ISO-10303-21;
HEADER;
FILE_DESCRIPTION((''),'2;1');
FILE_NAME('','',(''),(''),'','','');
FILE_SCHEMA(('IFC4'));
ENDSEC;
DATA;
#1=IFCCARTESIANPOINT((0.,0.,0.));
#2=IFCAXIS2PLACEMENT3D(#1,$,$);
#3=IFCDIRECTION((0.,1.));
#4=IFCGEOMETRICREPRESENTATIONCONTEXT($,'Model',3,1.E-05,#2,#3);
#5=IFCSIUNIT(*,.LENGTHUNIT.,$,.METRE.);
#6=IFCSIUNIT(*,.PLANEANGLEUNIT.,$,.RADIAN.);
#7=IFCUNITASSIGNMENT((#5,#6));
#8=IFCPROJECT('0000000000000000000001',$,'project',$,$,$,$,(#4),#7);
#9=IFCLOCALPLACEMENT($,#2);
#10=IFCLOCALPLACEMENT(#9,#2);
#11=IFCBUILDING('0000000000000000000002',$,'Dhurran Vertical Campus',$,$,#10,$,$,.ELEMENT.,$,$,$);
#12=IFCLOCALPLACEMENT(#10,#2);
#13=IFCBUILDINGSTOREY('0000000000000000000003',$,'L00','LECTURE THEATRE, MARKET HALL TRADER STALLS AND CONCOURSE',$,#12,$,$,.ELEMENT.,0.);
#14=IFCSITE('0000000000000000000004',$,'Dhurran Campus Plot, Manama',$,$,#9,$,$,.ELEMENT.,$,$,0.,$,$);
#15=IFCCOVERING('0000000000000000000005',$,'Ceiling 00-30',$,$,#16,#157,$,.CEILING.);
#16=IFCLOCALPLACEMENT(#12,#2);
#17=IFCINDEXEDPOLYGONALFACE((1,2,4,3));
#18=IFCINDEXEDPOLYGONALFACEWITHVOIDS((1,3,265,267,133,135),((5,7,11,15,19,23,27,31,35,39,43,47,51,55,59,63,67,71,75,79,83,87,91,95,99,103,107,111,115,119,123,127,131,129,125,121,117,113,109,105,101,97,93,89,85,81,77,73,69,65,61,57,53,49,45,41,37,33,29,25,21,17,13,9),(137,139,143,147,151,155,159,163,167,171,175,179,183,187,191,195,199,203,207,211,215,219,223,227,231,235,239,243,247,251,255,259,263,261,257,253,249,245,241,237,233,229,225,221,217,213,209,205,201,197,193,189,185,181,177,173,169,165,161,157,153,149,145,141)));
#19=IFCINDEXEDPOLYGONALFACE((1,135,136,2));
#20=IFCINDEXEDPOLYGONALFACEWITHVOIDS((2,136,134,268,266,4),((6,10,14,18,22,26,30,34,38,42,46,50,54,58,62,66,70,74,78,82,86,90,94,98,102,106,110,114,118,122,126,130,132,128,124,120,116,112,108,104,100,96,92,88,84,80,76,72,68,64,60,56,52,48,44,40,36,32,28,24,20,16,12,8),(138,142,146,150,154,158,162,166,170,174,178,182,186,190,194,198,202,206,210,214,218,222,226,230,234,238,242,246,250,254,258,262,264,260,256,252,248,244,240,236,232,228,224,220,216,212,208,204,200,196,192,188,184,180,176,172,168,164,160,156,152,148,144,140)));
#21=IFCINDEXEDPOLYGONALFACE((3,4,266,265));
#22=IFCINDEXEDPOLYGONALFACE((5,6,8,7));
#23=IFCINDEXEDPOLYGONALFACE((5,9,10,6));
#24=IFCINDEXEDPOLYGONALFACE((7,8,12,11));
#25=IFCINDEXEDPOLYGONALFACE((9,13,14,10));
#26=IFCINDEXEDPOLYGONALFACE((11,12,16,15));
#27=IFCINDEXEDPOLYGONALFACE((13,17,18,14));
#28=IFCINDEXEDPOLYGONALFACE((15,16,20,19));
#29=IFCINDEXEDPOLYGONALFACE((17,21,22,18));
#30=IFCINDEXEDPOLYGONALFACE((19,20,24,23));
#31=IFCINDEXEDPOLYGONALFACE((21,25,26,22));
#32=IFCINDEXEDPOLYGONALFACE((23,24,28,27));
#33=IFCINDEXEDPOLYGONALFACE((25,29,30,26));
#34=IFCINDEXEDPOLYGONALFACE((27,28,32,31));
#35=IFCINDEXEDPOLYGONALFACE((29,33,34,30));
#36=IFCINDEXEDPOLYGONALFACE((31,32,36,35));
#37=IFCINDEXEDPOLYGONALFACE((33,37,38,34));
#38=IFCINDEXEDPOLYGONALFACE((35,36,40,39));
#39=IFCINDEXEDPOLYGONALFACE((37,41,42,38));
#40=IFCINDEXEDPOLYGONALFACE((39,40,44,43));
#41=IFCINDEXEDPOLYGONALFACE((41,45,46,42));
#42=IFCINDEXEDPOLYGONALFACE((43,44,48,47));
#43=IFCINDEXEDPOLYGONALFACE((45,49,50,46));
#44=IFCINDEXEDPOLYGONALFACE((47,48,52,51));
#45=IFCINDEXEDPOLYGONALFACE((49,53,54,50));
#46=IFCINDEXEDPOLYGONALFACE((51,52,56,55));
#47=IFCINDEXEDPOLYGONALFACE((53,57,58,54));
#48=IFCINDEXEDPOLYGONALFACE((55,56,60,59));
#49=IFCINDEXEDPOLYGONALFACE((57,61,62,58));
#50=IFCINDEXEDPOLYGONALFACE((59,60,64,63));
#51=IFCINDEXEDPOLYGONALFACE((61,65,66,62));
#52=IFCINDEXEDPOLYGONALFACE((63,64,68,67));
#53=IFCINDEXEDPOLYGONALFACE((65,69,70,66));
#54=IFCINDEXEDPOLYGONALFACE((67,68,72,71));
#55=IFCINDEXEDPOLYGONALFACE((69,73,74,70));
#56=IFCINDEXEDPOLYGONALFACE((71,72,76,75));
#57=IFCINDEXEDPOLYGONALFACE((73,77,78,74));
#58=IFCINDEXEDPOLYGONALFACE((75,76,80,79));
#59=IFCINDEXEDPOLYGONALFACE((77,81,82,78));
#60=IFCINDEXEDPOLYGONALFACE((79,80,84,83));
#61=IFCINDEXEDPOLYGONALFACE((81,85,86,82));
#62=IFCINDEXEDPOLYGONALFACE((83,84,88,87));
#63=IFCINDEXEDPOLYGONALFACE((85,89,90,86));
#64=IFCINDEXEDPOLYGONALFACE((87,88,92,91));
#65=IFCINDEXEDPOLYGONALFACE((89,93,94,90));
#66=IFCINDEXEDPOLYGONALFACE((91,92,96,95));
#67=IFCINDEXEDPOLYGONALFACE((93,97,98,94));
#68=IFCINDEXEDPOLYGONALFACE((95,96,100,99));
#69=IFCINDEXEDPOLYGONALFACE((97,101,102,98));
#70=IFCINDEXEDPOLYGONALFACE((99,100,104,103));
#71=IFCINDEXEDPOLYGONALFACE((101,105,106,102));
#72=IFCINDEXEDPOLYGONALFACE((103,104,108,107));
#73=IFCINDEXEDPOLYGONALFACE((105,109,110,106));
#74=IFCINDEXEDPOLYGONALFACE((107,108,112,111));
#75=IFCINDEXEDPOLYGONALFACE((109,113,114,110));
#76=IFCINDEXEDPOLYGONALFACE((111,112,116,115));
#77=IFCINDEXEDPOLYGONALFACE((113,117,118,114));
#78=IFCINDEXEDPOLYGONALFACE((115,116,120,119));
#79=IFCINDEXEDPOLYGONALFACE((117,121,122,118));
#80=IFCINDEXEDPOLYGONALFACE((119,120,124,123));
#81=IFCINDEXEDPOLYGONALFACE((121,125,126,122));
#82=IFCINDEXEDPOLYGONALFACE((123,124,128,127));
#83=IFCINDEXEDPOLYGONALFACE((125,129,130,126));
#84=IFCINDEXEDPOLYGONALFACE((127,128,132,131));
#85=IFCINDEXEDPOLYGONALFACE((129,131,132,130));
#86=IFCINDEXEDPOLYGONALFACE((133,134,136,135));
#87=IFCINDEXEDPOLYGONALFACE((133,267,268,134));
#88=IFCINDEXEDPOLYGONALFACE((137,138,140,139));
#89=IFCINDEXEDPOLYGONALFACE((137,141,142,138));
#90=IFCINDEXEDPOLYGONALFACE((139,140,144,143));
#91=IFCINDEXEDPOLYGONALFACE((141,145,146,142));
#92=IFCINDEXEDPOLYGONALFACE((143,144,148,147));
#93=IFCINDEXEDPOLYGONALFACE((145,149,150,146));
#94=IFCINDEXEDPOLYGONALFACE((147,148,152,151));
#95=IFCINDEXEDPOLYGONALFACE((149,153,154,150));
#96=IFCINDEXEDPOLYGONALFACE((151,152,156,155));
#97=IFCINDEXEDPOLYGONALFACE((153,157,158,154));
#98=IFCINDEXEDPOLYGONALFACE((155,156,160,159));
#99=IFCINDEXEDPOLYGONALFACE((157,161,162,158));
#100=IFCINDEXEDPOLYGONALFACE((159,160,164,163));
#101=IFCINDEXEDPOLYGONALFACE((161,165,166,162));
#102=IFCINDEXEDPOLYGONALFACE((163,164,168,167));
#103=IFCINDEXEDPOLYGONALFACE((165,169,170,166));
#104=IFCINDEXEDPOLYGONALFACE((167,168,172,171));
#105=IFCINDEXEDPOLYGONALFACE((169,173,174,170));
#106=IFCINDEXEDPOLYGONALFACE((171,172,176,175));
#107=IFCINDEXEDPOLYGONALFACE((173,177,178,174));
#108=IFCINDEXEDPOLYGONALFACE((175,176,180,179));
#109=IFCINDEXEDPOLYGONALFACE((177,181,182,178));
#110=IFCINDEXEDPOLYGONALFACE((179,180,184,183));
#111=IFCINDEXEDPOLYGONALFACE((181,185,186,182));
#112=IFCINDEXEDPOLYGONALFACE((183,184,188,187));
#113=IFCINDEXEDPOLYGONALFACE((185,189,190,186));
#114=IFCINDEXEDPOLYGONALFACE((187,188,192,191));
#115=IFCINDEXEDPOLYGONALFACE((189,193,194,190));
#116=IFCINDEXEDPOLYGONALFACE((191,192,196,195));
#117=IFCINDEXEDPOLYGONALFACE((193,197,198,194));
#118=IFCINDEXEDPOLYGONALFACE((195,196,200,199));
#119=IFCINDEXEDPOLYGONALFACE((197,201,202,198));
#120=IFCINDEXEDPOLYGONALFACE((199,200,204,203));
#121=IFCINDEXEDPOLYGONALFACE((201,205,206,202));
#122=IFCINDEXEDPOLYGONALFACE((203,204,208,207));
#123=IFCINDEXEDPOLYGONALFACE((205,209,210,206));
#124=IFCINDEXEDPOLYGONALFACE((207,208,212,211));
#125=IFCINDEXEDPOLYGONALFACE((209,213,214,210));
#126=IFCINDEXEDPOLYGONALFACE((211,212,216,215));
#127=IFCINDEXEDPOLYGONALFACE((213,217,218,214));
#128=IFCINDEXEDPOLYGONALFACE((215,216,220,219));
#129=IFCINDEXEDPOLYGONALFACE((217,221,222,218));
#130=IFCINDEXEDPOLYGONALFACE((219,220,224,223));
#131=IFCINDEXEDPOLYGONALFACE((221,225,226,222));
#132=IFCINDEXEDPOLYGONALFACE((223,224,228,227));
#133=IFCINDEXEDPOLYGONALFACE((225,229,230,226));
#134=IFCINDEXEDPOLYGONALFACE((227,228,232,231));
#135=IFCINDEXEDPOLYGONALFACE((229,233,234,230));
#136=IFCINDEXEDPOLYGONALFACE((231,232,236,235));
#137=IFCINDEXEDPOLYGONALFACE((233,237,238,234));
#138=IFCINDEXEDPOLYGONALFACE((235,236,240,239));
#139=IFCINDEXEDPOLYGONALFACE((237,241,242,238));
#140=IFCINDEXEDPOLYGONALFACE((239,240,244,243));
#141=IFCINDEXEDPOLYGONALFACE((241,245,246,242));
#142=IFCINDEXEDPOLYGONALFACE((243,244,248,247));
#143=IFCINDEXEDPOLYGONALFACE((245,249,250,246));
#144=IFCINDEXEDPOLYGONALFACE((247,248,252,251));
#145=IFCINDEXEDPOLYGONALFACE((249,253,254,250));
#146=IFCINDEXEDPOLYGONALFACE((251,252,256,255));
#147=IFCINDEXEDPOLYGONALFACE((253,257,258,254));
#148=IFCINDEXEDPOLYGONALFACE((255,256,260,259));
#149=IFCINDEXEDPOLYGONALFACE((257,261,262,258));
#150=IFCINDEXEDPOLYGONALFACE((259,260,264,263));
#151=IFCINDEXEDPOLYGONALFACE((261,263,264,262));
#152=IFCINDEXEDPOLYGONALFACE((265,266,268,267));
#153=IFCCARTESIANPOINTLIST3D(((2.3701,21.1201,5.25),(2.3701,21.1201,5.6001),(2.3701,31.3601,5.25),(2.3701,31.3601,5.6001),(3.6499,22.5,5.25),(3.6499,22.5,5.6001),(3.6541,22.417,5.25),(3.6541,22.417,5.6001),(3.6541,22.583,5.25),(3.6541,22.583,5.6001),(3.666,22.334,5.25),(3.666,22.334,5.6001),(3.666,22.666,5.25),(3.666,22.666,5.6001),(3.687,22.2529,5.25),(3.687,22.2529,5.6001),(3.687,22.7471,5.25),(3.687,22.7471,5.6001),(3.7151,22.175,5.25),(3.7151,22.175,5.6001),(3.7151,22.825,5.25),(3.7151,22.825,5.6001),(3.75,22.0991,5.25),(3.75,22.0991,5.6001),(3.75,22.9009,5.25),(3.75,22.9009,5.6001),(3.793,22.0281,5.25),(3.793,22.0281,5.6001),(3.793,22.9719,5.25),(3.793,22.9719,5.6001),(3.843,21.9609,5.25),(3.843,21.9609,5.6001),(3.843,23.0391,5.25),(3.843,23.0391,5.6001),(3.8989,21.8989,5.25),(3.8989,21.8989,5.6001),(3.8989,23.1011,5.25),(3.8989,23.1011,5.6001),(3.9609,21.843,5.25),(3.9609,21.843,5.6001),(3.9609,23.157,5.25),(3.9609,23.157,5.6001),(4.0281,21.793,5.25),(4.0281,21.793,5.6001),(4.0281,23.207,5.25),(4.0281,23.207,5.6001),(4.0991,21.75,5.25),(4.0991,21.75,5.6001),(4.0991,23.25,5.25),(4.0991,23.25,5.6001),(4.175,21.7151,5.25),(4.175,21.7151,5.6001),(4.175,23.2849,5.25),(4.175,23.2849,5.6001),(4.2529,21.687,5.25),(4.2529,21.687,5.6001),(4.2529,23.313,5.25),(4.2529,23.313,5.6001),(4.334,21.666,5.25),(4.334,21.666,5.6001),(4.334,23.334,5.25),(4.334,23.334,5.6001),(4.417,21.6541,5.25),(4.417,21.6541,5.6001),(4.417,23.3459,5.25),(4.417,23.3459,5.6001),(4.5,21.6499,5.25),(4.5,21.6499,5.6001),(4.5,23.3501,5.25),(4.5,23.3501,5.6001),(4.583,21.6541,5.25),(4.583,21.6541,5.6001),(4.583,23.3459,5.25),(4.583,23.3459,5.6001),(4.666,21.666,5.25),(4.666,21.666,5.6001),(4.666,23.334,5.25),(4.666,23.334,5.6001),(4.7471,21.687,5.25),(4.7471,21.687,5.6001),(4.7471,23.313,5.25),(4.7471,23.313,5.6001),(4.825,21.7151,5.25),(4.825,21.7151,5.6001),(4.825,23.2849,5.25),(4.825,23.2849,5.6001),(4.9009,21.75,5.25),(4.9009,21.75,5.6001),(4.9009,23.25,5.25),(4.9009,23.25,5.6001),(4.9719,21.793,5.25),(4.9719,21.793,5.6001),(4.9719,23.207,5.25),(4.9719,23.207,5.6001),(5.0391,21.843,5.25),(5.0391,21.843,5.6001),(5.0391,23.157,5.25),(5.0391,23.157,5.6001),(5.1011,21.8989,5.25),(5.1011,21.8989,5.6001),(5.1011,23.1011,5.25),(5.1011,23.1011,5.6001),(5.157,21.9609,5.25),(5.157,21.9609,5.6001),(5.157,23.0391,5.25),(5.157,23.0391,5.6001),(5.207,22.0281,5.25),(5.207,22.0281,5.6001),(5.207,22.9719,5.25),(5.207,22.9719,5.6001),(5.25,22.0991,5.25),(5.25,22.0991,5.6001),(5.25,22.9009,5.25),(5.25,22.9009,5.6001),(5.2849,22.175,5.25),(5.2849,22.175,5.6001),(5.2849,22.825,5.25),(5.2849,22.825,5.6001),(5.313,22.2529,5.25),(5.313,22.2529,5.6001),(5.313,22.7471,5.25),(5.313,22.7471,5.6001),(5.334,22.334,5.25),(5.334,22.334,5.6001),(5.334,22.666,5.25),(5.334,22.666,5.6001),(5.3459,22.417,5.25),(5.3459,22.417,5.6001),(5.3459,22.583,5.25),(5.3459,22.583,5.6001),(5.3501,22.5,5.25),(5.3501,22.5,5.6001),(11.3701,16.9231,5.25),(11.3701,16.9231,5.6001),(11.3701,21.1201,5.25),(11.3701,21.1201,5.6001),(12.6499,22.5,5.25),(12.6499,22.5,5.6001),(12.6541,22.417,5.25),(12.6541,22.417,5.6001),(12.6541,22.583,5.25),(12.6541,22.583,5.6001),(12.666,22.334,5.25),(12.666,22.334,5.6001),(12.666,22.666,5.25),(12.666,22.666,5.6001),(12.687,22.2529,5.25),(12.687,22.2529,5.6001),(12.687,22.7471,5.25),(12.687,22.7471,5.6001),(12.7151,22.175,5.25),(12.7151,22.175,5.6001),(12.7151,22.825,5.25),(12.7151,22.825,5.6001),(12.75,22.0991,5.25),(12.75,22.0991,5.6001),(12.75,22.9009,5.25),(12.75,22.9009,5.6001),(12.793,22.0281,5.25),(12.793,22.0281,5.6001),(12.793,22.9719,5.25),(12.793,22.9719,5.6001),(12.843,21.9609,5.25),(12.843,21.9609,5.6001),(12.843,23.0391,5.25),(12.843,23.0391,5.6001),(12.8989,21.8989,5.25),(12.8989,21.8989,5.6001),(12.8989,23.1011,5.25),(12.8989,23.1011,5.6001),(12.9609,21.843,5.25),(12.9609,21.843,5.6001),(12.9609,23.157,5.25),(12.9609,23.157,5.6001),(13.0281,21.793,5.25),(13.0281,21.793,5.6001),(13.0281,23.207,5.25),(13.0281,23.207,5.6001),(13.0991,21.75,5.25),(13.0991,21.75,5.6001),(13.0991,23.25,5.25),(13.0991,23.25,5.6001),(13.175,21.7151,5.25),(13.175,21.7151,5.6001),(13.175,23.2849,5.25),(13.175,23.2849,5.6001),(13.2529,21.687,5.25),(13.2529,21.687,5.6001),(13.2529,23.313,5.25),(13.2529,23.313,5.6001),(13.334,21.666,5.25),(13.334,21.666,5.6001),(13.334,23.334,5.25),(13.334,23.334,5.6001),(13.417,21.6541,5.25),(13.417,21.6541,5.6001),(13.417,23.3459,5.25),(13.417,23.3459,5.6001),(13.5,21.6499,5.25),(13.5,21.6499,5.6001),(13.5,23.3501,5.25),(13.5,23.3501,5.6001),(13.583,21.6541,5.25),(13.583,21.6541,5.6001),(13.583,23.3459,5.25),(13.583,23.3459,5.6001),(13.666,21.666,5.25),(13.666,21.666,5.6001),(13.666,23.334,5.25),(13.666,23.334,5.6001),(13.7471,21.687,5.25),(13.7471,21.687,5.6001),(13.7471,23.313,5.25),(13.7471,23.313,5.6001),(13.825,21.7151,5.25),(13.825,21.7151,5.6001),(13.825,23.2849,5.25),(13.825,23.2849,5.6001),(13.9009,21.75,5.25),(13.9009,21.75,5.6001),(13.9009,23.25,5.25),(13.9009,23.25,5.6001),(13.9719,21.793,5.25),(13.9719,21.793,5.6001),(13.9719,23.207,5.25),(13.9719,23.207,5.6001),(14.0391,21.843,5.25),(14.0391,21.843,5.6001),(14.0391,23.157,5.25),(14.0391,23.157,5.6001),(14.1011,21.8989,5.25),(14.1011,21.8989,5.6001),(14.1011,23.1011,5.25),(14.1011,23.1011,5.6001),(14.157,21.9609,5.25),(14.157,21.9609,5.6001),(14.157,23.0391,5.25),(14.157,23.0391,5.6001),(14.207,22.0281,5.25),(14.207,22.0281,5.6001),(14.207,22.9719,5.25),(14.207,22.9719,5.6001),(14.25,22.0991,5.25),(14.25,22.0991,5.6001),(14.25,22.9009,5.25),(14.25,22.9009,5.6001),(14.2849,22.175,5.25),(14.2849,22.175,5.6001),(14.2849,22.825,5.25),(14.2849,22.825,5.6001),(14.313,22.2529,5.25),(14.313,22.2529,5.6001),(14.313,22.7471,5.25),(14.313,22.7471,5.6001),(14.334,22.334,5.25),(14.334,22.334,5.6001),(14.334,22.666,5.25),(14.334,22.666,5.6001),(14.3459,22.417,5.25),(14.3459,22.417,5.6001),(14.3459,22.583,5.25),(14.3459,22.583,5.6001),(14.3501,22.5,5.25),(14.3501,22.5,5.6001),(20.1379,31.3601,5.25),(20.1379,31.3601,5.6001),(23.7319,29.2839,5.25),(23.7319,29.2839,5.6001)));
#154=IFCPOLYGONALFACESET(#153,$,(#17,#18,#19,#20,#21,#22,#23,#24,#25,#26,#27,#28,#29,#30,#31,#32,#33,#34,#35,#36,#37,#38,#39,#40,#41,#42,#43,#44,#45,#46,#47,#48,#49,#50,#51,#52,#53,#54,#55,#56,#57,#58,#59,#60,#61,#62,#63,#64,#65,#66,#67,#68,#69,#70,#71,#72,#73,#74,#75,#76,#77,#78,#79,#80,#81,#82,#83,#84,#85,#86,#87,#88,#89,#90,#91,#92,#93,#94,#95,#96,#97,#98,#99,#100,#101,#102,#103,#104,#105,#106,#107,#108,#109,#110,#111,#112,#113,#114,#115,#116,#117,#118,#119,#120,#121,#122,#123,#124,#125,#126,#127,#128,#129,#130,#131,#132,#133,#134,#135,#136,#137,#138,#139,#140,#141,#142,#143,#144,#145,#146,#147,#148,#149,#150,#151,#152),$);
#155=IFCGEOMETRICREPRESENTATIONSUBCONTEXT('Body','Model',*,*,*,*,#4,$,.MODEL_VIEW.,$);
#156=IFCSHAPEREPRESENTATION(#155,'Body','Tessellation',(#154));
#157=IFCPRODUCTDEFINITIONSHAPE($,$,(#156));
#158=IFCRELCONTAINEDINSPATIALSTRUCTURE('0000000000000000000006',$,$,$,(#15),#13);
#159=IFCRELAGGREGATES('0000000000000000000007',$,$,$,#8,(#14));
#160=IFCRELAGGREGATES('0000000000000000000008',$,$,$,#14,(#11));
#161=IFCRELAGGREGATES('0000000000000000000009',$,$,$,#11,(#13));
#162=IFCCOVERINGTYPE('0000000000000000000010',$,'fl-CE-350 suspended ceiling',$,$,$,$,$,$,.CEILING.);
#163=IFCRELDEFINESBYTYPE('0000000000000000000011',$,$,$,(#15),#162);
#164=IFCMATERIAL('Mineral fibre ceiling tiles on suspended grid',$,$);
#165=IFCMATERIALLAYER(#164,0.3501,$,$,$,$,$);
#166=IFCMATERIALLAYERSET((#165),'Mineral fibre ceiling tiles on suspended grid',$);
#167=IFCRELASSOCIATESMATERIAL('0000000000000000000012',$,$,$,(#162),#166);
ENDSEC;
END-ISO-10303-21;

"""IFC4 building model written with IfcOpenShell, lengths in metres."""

from ifc_helpers import new_model, si_unit, direction, frame, origin, place, context, subcontext, project, spatial, polyline, outline, extrude, material, layer, layer_set, type_object, element, save


model = new_model("IFC4")

# Units and contexts
model_context = context("Model", 3, precision=1e-05, world=origin(), true_north=direction((0.0, 1.0)))
body_context = subcontext(model_context, "Body", "Model", "MODEL_VIEW")
ifc_project = project(units=[si_unit("LENGTHUNIT", "METRE"), si_unit("PLANEANGLEUNIT", "RADIAN")], contexts=[model_context])

# Site, building, storey
site_placement = place(None, origin())
site = spatial("IfcSite", under=ifc_project, at=site_placement, Name="Dhurran Campus Plot, Manama", CompositionType="ELEMENT", RefElevation=0.0)
building_placement = place(site_placement, origin())
building = spatial("IfcBuilding", under=site, at=building_placement, Name="Dhurran Vertical Campus", CompositionType="ELEMENT")
storey_placement = place(building_placement, origin())
storey = spatial("IfcBuildingStorey", under=building, at=storey_placement, Name="L00", Description="LECTURE THEATRE, MARKET HALL TRADER STALLS AND CONCOURSE", CompositionType="ELEMENT", Elevation=0.0)

# Covering
ifc_material_1 = material(Name="Mineral fibre ceiling tiles on suspended grid")
ifc_layer_1 = layer(ifc_material_1, 0.3501)
ifc_layer_set_1 = layer_set([ifc_layer_1], Name="Mineral fibre ceiling tiles on suspended grid")
covering_type = type_object("IfcCoveringType", Name="fl-CE-350 suspended ceiling", PredefinedType="CEILING", material=ifc_layer_set_1)
covering_1_placement = place(storey_placement, frame((0.0, 0.0, 5.25)))
element("IfcCovering", 1, at=covering_1_placement, inside=storey, type_object=covering_type, Name="Ceiling 00-30", PredefinedType="CEILING", context=body_context, shape_type="SweptSolid", body=[
    extrude(outline(polyline([(2.3701, 21.1201), (2.3701, 31.3601), (20.1379, 31.3601), (23.7319, 29.2839), (11.3701, 16.9231), (11.3701, 21.1201), (2.3701, 21.1201)]), holes=[polyline([(5.157, 23.0391), (5.1011, 23.1011), (5.0391, 23.157), (4.9719, 23.207), (4.9009, 23.25), (4.825, 23.2849), (4.7471, 23.313), (4.666, 23.334), (4.583, 23.3459), (4.5, 23.3501), (4.417, 23.3459), (4.334, 23.334), (4.2529, 23.313), (4.175, 23.2849), (4.0991, 23.25), (4.0281, 23.207), (3.9609, 23.157), (3.8989, 23.1011), (3.843, 23.0391), (3.793, 22.9719), (3.75, 22.9009), (3.7151, 22.825), (3.687, 22.7471), (3.666, 22.666), (3.6541, 22.583), (3.6499, 22.5), (3.6541, 22.417), (3.666, 22.334), (3.687, 22.2529), (3.7151, 22.175), (3.75, 22.0991), (3.793, 22.0281), (3.843, 21.9609), (3.8989, 21.8989), (3.9609, 21.843), (4.0281, 21.793), (4.0991, 21.75), (4.175, 21.7151), (4.2529, 21.687), (4.334, 21.666), (4.417, 21.6541), (4.5, 21.6499), (4.583, 21.6541), (4.666, 21.666), (4.7471, 21.687), (4.825, 21.7151), (4.9009, 21.75), (4.9719, 21.793), (5.0391, 21.843), (5.1011, 21.8989), (5.157, 21.9609), (5.207, 22.0281), (5.25, 22.0991), (5.2849, 22.175), (5.313, 22.2529), (5.334, 22.334), (5.3459, 22.417), (5.3501, 22.5), (5.3459, 22.583), (5.334, 22.666), (5.313, 22.7471), (5.2849, 22.825), (5.25, 22.9009), (5.207, 22.9719), (5.157, 23.0391)]), polyline([(14.25, 22.9009), (14.207, 22.9719), (14.157, 23.0391), (14.1011, 23.1011), (14.0391, 23.157), (13.9719, 23.207), (13.9009, 23.25), (13.825, 23.2849), (13.7471, 23.313), (13.666, 23.334), (13.583, 23.3459), (13.5, 23.3501), (13.417, 23.3459), (13.334, 23.334), (13.2529, 23.313), (13.175, 23.2849), (13.0991, 23.25), (13.0281, 23.207), (12.9609, 23.157), (12.8989, 23.1011), (12.843, 23.0391), (12.793, 22.9719), (12.75, 22.9009), (12.7151, 22.825), (12.687, 22.7471), (12.666, 22.666), (12.6541, 22.583), (12.6499, 22.5), (12.6541, 22.417), (12.666, 22.334), (12.687, 22.2529), (12.7151, 22.175), (12.75, 22.0991), (12.793, 22.0281), (12.843, 21.9609), (12.8989, 21.8989), (12.9609, 21.843), (13.0281, 21.793), (13.0991, 21.75), (13.175, 21.7151), (13.2529, 21.687), (13.334, 21.666), (13.417, 21.6541), (13.5, 21.6499), (13.583, 21.6541), (13.666, 21.666), (13.7471, 21.687), (13.825, 21.7151), (13.9009, 21.75), (13.9719, 21.793), (14.0391, 21.843), (14.1011, 21.8989), (14.157, 21.9609), (14.207, 22.0281), (14.25, 22.0991), (14.2849, 22.175), (14.313, 22.2529), (14.334, 22.334), (14.3459, 22.417), (14.3501, 22.5), (14.3459, 22.583), (14.334, 22.666), (14.313, 22.7471), (14.2849, 22.825), (14.25, 22.9009)])]), origin(), (0.0, 0.0, 1.0), 0.3501),
])

save(model, "model.ifc")
